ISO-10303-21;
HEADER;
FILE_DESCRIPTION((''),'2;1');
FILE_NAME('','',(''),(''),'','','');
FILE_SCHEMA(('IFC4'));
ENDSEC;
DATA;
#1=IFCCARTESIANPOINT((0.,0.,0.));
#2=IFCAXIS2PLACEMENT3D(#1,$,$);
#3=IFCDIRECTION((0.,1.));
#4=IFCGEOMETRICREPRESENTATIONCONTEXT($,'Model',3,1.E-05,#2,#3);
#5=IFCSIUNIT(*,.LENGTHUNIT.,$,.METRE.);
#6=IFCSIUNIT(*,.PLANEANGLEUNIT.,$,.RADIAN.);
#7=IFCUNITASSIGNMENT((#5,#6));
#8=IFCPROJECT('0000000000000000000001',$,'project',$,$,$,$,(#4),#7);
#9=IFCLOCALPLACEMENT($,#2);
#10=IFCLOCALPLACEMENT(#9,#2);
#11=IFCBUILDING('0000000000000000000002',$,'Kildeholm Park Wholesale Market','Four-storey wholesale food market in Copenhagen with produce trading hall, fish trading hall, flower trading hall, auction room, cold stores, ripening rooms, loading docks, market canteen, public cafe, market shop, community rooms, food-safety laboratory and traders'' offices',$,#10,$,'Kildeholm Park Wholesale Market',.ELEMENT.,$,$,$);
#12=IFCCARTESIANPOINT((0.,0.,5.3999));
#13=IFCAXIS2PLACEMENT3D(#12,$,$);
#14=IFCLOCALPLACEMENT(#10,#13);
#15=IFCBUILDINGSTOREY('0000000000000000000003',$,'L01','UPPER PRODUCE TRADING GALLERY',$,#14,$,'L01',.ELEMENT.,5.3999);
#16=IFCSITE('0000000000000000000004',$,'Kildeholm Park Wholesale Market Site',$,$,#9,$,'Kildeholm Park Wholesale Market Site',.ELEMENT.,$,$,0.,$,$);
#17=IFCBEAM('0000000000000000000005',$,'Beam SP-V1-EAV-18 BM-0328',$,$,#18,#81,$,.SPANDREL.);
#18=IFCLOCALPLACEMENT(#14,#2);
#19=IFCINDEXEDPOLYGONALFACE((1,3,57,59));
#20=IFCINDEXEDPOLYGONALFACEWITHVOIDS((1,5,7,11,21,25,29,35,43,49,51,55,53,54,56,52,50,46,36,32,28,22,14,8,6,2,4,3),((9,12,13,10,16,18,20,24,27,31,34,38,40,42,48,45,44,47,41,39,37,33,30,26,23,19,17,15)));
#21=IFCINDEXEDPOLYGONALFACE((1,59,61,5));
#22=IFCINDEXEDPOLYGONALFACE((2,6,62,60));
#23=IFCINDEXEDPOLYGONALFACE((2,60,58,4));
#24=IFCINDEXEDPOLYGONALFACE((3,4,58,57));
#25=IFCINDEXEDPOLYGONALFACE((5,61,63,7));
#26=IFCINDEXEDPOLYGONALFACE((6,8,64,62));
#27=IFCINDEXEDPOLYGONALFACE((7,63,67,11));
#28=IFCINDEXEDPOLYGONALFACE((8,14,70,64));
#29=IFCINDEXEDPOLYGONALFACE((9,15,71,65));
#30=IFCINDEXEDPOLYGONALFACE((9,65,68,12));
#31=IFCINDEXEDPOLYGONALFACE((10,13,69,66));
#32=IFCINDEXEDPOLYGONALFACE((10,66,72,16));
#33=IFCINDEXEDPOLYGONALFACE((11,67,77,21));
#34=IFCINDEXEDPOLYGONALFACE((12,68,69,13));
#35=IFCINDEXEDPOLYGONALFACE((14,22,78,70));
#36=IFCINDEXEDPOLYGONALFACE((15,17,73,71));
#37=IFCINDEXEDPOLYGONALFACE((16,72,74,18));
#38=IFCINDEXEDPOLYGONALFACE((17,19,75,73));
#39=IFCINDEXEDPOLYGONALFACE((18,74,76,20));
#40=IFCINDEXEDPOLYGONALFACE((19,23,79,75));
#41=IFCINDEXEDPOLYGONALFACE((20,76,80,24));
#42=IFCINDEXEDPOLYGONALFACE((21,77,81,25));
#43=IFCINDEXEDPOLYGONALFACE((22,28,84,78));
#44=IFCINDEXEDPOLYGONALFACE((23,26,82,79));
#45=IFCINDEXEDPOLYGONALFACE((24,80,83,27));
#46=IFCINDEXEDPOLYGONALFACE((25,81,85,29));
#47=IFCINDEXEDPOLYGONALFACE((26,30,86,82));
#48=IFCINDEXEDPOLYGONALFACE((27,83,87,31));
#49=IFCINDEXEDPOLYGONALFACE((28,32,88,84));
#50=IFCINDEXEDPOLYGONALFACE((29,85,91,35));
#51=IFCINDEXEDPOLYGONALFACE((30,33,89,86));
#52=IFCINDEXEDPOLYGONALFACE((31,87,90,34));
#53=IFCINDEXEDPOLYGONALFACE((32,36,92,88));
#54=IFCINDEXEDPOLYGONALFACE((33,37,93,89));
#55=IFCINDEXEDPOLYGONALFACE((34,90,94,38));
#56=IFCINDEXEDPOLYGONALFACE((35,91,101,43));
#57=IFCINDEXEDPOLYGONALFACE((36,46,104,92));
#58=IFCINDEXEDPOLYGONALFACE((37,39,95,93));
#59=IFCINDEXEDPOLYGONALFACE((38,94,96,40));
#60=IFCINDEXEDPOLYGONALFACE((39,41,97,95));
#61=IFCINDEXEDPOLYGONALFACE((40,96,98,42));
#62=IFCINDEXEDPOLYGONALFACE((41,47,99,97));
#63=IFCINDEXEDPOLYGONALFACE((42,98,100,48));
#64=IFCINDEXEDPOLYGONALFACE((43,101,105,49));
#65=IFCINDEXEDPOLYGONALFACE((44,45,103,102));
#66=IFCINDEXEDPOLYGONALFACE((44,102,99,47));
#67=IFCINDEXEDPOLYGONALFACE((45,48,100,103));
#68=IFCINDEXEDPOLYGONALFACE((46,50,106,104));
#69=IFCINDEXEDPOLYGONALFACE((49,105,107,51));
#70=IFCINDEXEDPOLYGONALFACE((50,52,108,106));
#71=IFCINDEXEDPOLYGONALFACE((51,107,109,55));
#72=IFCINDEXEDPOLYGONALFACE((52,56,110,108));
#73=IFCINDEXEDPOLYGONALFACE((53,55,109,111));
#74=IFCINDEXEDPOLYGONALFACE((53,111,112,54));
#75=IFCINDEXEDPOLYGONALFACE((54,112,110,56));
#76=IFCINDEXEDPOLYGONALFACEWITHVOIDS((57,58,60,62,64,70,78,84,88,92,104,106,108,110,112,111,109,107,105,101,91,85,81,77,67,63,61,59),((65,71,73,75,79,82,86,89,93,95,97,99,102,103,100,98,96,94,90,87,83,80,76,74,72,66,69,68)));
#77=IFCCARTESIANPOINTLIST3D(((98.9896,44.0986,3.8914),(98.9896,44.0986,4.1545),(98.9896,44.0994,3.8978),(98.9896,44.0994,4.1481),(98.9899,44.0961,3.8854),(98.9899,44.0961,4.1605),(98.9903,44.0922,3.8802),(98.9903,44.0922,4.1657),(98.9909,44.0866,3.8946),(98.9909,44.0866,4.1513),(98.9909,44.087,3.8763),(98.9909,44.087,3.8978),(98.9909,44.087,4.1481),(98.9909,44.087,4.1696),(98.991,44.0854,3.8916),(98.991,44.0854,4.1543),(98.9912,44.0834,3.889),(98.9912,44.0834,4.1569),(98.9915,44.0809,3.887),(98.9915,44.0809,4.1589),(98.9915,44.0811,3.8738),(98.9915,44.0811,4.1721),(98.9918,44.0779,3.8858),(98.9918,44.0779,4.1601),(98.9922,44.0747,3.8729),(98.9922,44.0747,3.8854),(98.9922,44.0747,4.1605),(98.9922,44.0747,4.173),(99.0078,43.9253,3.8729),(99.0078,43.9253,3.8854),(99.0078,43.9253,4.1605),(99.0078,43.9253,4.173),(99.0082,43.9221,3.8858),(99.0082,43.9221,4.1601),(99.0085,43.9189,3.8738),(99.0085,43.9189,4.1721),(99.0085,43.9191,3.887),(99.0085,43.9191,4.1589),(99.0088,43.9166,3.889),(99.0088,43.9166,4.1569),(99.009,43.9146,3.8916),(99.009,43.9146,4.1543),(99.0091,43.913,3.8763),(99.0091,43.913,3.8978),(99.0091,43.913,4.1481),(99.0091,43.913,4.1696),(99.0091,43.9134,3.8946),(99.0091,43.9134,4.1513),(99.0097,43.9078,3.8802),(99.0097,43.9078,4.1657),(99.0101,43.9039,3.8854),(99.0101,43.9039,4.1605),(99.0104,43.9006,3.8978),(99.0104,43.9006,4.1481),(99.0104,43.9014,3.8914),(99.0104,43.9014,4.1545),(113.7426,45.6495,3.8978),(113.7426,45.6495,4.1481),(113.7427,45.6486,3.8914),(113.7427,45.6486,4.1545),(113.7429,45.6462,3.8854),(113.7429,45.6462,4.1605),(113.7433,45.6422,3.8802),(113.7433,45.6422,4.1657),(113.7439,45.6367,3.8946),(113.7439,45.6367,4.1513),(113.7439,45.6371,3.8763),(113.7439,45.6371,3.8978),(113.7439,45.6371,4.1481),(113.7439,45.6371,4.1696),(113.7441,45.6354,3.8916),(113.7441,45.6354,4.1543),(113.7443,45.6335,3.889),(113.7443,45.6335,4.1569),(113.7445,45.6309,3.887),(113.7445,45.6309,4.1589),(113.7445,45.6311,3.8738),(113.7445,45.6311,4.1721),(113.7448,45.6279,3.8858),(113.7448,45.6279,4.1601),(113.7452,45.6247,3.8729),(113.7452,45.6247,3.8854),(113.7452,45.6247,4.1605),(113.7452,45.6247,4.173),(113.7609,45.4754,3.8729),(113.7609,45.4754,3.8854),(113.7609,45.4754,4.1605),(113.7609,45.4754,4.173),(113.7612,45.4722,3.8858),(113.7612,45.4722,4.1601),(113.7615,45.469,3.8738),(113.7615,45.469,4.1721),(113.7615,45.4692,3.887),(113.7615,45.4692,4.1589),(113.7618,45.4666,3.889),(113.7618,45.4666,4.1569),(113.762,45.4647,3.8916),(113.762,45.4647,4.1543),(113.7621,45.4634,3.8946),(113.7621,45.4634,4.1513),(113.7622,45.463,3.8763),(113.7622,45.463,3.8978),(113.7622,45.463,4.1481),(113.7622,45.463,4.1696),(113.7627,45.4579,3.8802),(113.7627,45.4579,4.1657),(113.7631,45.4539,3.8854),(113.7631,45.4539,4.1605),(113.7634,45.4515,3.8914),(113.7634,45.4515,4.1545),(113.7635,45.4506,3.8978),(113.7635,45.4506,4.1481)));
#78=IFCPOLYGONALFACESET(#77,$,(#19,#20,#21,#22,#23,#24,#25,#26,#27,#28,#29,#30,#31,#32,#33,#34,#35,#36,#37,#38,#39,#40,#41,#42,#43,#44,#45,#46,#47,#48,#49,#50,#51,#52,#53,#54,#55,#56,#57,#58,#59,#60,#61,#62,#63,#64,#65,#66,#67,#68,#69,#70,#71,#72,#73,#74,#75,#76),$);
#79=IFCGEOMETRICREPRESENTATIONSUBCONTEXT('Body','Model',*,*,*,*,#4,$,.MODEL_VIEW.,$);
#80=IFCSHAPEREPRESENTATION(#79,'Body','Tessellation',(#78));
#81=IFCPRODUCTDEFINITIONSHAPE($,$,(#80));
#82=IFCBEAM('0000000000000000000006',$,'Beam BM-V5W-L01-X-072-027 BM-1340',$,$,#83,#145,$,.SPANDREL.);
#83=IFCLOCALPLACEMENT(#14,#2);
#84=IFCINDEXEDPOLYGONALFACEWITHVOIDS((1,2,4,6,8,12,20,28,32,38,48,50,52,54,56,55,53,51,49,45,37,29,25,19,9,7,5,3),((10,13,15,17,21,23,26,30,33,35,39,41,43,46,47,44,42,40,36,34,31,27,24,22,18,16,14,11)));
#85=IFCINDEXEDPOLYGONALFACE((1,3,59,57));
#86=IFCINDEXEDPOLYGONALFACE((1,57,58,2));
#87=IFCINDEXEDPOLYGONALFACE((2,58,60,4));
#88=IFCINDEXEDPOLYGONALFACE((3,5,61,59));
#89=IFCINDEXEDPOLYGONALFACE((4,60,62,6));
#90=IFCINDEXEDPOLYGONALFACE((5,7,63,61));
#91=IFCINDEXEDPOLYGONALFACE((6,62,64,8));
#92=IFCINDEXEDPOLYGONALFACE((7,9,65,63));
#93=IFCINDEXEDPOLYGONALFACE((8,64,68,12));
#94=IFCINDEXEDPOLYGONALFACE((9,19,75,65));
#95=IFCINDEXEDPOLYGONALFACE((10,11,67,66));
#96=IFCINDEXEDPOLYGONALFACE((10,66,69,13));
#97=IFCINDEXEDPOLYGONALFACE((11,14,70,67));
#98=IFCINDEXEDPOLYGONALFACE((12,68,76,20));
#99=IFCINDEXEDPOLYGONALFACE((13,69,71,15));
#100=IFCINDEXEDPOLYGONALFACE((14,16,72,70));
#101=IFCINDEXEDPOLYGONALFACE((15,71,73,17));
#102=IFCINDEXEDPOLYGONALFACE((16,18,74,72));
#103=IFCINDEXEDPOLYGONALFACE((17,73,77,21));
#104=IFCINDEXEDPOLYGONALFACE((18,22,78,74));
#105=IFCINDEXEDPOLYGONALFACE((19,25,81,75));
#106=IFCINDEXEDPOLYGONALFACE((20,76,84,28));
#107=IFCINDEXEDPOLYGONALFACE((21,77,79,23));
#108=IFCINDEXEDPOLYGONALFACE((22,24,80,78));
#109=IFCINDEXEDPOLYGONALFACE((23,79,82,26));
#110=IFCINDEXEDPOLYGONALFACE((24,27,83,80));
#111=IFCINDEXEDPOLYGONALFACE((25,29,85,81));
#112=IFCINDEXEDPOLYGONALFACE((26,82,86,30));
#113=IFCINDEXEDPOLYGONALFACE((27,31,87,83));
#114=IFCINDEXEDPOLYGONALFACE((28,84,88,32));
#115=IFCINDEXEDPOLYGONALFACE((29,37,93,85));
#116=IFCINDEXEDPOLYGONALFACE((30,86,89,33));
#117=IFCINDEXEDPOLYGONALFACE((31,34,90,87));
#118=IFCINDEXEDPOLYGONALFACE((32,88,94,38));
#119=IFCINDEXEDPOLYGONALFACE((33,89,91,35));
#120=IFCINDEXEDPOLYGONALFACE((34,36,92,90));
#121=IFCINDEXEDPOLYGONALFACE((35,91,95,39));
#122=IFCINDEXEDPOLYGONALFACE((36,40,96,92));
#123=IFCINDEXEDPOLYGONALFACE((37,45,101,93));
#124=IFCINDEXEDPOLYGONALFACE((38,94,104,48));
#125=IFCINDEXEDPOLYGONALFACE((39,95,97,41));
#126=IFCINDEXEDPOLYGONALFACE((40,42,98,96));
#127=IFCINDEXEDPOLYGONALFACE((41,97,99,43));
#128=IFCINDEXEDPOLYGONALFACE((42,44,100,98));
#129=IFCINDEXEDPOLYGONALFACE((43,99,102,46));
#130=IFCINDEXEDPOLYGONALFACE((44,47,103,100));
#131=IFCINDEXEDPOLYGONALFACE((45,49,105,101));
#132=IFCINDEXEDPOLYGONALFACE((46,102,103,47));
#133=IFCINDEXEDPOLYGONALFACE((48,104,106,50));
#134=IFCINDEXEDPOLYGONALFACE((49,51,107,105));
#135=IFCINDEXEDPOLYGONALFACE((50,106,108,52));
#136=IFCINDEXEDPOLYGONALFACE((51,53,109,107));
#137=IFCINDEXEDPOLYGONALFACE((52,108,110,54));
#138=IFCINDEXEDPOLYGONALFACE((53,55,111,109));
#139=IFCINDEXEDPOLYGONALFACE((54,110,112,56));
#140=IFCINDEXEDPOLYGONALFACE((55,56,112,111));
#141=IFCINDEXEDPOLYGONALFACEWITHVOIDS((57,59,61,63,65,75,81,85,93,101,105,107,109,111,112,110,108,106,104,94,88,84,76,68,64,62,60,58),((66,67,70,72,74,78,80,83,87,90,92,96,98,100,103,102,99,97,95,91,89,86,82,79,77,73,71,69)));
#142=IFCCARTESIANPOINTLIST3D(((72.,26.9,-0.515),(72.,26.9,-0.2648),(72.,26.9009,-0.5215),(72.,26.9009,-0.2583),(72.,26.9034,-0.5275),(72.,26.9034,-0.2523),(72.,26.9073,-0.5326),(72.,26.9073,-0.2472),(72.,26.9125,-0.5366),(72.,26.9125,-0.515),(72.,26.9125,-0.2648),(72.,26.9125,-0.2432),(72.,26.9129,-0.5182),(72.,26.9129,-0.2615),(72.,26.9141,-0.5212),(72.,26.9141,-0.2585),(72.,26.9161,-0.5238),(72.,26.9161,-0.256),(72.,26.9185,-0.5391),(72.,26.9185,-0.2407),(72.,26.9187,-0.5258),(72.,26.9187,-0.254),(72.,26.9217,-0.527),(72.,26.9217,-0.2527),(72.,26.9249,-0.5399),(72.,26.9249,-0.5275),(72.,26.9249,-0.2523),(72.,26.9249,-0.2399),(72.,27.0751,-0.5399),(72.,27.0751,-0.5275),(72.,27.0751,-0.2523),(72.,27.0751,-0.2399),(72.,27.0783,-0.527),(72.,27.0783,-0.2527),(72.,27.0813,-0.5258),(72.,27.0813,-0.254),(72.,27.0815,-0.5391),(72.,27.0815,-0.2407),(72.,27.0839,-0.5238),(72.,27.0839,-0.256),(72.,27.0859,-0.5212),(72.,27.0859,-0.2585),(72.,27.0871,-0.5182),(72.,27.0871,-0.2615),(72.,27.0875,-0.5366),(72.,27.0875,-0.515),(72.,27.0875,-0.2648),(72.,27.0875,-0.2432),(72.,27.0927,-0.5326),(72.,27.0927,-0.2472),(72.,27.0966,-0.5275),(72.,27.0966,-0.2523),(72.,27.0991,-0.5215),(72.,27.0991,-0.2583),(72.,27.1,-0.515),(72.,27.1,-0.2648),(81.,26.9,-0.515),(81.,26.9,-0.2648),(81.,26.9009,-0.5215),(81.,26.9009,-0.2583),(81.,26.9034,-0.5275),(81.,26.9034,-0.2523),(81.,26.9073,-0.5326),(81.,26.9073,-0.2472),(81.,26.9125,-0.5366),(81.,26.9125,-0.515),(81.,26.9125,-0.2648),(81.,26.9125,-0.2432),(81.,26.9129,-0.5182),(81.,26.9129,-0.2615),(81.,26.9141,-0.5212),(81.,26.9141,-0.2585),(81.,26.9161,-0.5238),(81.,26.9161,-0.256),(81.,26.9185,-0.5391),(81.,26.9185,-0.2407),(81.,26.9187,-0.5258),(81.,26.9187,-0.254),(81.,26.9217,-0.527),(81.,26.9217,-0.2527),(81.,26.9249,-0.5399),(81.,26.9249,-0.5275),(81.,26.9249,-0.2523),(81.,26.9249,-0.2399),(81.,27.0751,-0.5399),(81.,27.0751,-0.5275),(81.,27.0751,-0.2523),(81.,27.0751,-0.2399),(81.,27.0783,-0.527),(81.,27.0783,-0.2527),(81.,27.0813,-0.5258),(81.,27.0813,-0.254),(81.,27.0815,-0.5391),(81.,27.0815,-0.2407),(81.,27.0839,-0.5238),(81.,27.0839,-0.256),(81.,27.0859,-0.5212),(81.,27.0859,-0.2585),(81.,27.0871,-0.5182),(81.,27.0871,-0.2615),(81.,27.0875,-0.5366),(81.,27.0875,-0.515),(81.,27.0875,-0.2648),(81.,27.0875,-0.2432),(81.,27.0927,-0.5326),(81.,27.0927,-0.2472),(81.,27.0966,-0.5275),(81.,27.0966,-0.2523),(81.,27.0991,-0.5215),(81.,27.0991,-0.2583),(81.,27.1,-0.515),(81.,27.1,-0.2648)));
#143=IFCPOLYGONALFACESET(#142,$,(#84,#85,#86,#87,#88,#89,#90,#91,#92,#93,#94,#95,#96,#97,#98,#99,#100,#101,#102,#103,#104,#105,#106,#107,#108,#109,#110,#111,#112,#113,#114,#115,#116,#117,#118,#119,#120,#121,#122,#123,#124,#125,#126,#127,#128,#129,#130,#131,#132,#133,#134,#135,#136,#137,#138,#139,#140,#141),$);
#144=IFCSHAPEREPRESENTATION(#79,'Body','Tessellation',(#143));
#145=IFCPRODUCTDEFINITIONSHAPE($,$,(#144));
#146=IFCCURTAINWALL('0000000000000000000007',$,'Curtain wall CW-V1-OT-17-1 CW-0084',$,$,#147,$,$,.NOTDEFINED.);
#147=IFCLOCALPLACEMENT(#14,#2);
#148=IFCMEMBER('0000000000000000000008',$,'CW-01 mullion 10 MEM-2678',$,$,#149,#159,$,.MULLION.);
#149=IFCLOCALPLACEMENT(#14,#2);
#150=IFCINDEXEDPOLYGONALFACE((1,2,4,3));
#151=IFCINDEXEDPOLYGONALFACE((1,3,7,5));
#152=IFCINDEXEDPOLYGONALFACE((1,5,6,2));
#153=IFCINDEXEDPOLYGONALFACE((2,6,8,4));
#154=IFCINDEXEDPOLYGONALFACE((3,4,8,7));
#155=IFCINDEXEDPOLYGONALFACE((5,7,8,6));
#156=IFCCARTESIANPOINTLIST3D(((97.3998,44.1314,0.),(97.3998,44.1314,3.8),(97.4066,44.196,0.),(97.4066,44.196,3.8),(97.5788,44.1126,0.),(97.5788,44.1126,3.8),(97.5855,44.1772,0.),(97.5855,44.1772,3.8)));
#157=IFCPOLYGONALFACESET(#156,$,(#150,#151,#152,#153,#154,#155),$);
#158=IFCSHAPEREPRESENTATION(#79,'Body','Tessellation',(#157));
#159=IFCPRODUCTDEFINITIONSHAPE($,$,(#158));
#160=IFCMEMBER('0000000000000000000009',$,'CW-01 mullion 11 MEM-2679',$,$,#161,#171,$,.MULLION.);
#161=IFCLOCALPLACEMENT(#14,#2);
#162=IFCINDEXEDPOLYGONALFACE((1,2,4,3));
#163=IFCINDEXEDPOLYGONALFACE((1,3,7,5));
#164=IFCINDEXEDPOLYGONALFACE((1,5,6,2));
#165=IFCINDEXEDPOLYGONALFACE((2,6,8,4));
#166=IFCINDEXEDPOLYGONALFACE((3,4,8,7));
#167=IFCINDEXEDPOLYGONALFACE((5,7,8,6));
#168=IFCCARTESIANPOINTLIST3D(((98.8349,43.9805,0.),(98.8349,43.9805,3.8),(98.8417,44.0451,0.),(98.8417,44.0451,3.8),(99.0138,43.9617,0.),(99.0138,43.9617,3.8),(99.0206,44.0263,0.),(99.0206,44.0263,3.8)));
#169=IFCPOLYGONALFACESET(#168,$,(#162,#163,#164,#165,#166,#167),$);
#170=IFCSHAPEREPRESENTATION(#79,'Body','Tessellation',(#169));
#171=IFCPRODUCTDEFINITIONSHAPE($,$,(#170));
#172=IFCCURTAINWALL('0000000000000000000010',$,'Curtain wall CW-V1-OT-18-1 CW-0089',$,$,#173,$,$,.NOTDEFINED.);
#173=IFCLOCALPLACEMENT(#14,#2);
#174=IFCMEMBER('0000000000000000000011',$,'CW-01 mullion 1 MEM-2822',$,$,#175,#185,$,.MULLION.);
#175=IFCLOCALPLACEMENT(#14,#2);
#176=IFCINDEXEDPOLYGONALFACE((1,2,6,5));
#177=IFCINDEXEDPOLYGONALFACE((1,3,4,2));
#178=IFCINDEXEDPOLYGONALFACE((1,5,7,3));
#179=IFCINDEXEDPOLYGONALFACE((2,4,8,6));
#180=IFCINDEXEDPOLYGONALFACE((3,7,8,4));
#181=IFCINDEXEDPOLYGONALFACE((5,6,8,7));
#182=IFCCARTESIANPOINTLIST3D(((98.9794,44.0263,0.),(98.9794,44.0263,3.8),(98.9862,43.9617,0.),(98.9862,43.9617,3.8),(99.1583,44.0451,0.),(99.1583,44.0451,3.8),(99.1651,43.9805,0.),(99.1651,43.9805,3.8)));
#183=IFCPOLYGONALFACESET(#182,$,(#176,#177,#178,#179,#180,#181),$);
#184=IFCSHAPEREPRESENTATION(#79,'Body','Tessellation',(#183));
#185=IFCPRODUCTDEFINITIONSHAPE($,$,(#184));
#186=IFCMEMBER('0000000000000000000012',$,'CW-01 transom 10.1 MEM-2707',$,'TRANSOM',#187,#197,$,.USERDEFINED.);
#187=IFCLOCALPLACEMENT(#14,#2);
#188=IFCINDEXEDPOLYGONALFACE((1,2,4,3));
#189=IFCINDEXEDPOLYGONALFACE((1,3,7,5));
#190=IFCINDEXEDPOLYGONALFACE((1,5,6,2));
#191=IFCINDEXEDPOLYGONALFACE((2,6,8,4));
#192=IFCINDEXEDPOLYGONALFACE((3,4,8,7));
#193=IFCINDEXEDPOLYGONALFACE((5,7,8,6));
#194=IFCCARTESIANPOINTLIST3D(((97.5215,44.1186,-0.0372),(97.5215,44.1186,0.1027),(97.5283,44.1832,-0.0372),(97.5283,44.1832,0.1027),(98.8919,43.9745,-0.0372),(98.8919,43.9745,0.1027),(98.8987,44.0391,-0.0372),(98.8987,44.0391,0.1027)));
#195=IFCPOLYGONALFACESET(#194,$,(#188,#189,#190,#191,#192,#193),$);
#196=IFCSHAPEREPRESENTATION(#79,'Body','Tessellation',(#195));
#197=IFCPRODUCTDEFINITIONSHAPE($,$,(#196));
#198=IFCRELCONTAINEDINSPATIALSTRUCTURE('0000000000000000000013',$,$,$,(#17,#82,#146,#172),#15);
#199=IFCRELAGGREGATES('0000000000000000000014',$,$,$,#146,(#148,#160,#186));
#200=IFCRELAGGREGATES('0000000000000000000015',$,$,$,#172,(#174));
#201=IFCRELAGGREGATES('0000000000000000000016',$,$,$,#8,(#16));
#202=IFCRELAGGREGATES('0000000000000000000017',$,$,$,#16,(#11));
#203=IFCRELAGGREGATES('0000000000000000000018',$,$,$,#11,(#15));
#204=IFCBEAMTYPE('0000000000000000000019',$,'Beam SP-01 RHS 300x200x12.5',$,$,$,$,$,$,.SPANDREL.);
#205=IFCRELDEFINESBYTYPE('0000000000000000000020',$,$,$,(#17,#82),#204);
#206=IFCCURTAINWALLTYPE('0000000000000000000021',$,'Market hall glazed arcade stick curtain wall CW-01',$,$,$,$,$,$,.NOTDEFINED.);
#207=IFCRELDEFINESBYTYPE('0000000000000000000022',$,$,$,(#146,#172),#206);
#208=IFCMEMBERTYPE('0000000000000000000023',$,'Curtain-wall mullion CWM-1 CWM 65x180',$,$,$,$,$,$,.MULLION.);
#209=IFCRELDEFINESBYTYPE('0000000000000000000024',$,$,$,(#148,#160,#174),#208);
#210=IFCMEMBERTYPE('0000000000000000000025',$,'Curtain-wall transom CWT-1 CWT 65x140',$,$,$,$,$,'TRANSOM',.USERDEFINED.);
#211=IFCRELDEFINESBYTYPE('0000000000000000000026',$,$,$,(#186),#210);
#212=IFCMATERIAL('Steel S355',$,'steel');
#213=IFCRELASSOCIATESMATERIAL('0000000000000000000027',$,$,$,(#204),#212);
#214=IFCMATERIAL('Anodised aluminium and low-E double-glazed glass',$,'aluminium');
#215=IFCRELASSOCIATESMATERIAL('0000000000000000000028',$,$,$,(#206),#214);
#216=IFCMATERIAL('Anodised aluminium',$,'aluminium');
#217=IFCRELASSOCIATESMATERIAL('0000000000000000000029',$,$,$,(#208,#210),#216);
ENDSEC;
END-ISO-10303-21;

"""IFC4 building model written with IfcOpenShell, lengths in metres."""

from ifc_helpers import new_model, si_unit, direction, frame, origin, origin_2d, place, context, subcontext, project, spatial, rectangle, hollow_rectangle, extrude, material, material_profile, profile_set, type_object, element, aggregate, save


model = new_model("IFC4")

# Units and contexts
model_context = context("Model", 3, precision=1e-05, world=origin(), true_north=direction((0.0, 1.0)))
body_context = subcontext(model_context, "Body", "Model", "MODEL_VIEW")
ifc_project = project(units=[si_unit("LENGTHUNIT", "METRE"), si_unit("PLANEANGLEUNIT", "RADIAN")], contexts=[model_context])

# Site, building, storey
site_placement = place(None, origin())
site = spatial("IfcSite", under=ifc_project, at=site_placement, Name="Kildeholm Park Wholesale Market Site", LongName="Kildeholm Park Wholesale Market Site", CompositionType="ELEMENT", RefElevation=0.0)
building_placement = place(site_placement, origin())
building = spatial("IfcBuilding", under=site, at=building_placement, Name="Kildeholm Park Wholesale Market", Description="Four-storey wholesale food market in Copenhagen with produce trading hall, fish trading hall, flower trading hall, auction room, cold stores, ripening rooms, loading docks, market canteen, public cafe, market shop, community rooms, food-safety laboratory and traders' offices", LongName="Kildeholm Park Wholesale Market", CompositionType="ELEMENT")
storey_placement = place(building_placement, frame((0.0, 0.0, 5.3999)))
storey = spatial("IfcBuildingStorey", under=building, at=storey_placement, Name="L01", Description="UPPER PRODUCE TRADING GALLERY", LongName="L01", CompositionType="ELEMENT", Elevation=5.3999)

# Shared definitions
ifc_material_1 = material(Name="Steel S355", Category="steel")

# Beams
ifc_material_profile_1 = material_profile(ifc_material_1, hollow_rectangle(XDim=0.2, YDim=0.3, WallThickness=0.0125, InnerFilletRadius=0.0125, OuterFilletRadius=0.0249, at=origin_2d()), Name="RHS 300x200x12.5")
ifc_profile_set_1 = profile_set([ifc_material_profile_1], Name="Steel S355")
beam_type_1 = type_object("IfcBeamType", Name="Beam SP-01 RHS 300x200x12.5", PredefinedType="SPANDREL", material=ifc_profile_set_1)
beam_1_placement = place(storey_placement, frame((99.0, 44.0, 4.0229), z_axis=(0.994526, 0.104492, 0.0), x_axis=(-0.104492, 0.994526, 0.0)))
element("IfcBeam", 1, at=beam_1_placement, inside=storey, type_object=beam_type_1, Name="Beam SP-V1-EAV-18 BM-0328", PredefinedType="SPANDREL", context=body_context, shape_type="SweptSolid", body=[
    extrude(hollow_rectangle(XDim=0.2, YDim=0.3, WallThickness=0.0125, InnerFilletRadius=0.0125, OuterFilletRadius=0.0249, at=origin_2d()), origin(), (0.0, 0.0, 1.0), 14.8342),
])
beam_2_placement = place(storey_placement, frame((72.0, 27.0, -0.3899), z_axis=(1.0, 0.0, 0.0), x_axis=(0.0, 1.0, 0.0)))
element("IfcBeam", 2, at=beam_2_placement, inside=storey, type_object=beam_type_1, Name="Beam BM-V5W-L01-X-072-027 BM-1340", PredefinedType="SPANDREL", context=body_context, shape_type="SweptSolid", body=[
    extrude(hollow_rectangle(XDim=0.2, YDim=0.3, WallThickness=0.0125, InnerFilletRadius=0.0125, OuterFilletRadius=0.0249, at=origin_2d()), origin(), (0.0, 0.0, 1.0), 9.0),
])

# Curtain wall, members
ifc_material_2 = material(Name="Anodised aluminium and low-E double-glazed glass", Category="aluminium")
curtain_wall_type = type_object("IfcCurtainWallType", Name="Market hall glazed arcade stick curtain wall CW-01", PredefinedType="NOTDEFINED", material=ifc_material_2)
curtain_wall_1_placement = place(storey_placement, origin())
curtain_wall_1 = element("IfcCurtainWall", 3, at=curtain_wall_1_placement, inside=storey, type_object=curtain_wall_type, Name="Curtain wall CW-V1-OT-17-1 CW-0084", PredefinedType="NOTDEFINED")
ifc_material_3 = material(Name="Anodised aluminium", Category="aluminium")
ifc_material_profile_2 = material_profile(ifc_material_3, rectangle(XDim=0.0649, YDim=0.1799, at=origin_2d()), Name="CWM 65x180")
ifc_profile_set_2 = profile_set([ifc_material_profile_2], Name="Anodised aluminium")
member_type_1 = type_object("IfcMemberType", Name="Curtain-wall mullion CWM-1 CWM 65x180", PredefinedType="MULLION", material=ifc_profile_set_2)
member_1_placement = place(storey_placement, frame((97.4927, 44.1543, 0.0), z_axis=(0.0, 0.0, 1.0), x_axis=(0.104508, 0.994524, 0.0)))
member_1 = element("IfcMember", 4, at=member_1_placement, type_object=member_type_1, Name="CW-01 mullion 10 MEM-2678", PredefinedType="MULLION", context=body_context, shape_type="SweptSolid", body=[
    extrude(rectangle(XDim=0.0649, YDim=0.1799, at=origin_2d()), origin(), (0.0, 0.0, 1.0), 3.8),
])
member_2_placement = place(storey_placement, frame((98.9277, 44.0034, 0.0), z_axis=(0.0, 0.0, 1.0), x_axis=(0.104508, 0.994524, 0.0)))
member_2 = element("IfcMember", 5, at=member_2_placement, type_object=member_type_1, Name="CW-01 mullion 11 MEM-2679", PredefinedType="MULLION", context=body_context, shape_type="SweptSolid", body=[
    extrude(rectangle(XDim=0.0649, YDim=0.1799, at=origin_2d()), origin(), (0.0, 0.0, 1.0), 3.8),
])

# Curtain wall, member
curtain_wall_2_placement = place(storey_placement, origin())
curtain_wall_2 = element("IfcCurtainWall", 6, at=curtain_wall_2_placement, inside=storey, type_object=curtain_wall_type, Name="Curtain wall CW-V1-OT-18-1 CW-0089", PredefinedType="NOTDEFINED")
member_3_placement = place(storey_placement, frame((99.0723, 44.0034, 0.0), z_axis=(0.0, 0.0, 1.0), x_axis=(-0.104508, 0.994524, 0.0)))
member_3 = element("IfcMember", 7, at=member_3_placement, type_object=member_type_1, Name="CW-01 mullion 1 MEM-2822", PredefinedType="MULLION", context=body_context, shape_type="SweptSolid", body=[
    extrude(rectangle(XDim=0.0649, YDim=0.1799, at=origin_2d()), origin(), (0.0, 0.0, 1.0), 3.8),
])

# Member
ifc_material_profile_3 = material_profile(ifc_material_3, rectangle(XDim=0.0649, YDim=0.1399, at=origin_2d()), Name="CWT 65x140")
ifc_profile_set_3 = profile_set([ifc_material_profile_3], Name="Anodised aluminium")
member_type_2 = type_object("IfcMemberType", Name="Curtain-wall transom CWT-1 CWT 65x140", ElementType="TRANSOM", PredefinedType="USERDEFINED", material=ifc_profile_set_3)
member_4_placement = place(storey_placement, frame((97.5249, 44.1509, 0.0327), z_axis=(0.994521, -0.104537, 0.0), x_axis=(0.104537, 0.994521, 0.0)))
member_4 = element("IfcMember", 8, at=member_4_placement, type_object=member_type_2, Name="CW-01 transom 10.1 MEM-2707", ObjectType="TRANSOM", PredefinedType="USERDEFINED", context=body_context, shape_type="SweptSolid", body=[
    extrude(rectangle(XDim=0.0649, YDim=0.1399, at=origin_2d()), origin(), (0.0, 0.0, 1.0), 1.3779),
])

aggregate(curtain_wall_1, [member_1, member_2, member_4])
aggregate(curtain_wall_2, [member_3])

save(model, "model.ifc")
